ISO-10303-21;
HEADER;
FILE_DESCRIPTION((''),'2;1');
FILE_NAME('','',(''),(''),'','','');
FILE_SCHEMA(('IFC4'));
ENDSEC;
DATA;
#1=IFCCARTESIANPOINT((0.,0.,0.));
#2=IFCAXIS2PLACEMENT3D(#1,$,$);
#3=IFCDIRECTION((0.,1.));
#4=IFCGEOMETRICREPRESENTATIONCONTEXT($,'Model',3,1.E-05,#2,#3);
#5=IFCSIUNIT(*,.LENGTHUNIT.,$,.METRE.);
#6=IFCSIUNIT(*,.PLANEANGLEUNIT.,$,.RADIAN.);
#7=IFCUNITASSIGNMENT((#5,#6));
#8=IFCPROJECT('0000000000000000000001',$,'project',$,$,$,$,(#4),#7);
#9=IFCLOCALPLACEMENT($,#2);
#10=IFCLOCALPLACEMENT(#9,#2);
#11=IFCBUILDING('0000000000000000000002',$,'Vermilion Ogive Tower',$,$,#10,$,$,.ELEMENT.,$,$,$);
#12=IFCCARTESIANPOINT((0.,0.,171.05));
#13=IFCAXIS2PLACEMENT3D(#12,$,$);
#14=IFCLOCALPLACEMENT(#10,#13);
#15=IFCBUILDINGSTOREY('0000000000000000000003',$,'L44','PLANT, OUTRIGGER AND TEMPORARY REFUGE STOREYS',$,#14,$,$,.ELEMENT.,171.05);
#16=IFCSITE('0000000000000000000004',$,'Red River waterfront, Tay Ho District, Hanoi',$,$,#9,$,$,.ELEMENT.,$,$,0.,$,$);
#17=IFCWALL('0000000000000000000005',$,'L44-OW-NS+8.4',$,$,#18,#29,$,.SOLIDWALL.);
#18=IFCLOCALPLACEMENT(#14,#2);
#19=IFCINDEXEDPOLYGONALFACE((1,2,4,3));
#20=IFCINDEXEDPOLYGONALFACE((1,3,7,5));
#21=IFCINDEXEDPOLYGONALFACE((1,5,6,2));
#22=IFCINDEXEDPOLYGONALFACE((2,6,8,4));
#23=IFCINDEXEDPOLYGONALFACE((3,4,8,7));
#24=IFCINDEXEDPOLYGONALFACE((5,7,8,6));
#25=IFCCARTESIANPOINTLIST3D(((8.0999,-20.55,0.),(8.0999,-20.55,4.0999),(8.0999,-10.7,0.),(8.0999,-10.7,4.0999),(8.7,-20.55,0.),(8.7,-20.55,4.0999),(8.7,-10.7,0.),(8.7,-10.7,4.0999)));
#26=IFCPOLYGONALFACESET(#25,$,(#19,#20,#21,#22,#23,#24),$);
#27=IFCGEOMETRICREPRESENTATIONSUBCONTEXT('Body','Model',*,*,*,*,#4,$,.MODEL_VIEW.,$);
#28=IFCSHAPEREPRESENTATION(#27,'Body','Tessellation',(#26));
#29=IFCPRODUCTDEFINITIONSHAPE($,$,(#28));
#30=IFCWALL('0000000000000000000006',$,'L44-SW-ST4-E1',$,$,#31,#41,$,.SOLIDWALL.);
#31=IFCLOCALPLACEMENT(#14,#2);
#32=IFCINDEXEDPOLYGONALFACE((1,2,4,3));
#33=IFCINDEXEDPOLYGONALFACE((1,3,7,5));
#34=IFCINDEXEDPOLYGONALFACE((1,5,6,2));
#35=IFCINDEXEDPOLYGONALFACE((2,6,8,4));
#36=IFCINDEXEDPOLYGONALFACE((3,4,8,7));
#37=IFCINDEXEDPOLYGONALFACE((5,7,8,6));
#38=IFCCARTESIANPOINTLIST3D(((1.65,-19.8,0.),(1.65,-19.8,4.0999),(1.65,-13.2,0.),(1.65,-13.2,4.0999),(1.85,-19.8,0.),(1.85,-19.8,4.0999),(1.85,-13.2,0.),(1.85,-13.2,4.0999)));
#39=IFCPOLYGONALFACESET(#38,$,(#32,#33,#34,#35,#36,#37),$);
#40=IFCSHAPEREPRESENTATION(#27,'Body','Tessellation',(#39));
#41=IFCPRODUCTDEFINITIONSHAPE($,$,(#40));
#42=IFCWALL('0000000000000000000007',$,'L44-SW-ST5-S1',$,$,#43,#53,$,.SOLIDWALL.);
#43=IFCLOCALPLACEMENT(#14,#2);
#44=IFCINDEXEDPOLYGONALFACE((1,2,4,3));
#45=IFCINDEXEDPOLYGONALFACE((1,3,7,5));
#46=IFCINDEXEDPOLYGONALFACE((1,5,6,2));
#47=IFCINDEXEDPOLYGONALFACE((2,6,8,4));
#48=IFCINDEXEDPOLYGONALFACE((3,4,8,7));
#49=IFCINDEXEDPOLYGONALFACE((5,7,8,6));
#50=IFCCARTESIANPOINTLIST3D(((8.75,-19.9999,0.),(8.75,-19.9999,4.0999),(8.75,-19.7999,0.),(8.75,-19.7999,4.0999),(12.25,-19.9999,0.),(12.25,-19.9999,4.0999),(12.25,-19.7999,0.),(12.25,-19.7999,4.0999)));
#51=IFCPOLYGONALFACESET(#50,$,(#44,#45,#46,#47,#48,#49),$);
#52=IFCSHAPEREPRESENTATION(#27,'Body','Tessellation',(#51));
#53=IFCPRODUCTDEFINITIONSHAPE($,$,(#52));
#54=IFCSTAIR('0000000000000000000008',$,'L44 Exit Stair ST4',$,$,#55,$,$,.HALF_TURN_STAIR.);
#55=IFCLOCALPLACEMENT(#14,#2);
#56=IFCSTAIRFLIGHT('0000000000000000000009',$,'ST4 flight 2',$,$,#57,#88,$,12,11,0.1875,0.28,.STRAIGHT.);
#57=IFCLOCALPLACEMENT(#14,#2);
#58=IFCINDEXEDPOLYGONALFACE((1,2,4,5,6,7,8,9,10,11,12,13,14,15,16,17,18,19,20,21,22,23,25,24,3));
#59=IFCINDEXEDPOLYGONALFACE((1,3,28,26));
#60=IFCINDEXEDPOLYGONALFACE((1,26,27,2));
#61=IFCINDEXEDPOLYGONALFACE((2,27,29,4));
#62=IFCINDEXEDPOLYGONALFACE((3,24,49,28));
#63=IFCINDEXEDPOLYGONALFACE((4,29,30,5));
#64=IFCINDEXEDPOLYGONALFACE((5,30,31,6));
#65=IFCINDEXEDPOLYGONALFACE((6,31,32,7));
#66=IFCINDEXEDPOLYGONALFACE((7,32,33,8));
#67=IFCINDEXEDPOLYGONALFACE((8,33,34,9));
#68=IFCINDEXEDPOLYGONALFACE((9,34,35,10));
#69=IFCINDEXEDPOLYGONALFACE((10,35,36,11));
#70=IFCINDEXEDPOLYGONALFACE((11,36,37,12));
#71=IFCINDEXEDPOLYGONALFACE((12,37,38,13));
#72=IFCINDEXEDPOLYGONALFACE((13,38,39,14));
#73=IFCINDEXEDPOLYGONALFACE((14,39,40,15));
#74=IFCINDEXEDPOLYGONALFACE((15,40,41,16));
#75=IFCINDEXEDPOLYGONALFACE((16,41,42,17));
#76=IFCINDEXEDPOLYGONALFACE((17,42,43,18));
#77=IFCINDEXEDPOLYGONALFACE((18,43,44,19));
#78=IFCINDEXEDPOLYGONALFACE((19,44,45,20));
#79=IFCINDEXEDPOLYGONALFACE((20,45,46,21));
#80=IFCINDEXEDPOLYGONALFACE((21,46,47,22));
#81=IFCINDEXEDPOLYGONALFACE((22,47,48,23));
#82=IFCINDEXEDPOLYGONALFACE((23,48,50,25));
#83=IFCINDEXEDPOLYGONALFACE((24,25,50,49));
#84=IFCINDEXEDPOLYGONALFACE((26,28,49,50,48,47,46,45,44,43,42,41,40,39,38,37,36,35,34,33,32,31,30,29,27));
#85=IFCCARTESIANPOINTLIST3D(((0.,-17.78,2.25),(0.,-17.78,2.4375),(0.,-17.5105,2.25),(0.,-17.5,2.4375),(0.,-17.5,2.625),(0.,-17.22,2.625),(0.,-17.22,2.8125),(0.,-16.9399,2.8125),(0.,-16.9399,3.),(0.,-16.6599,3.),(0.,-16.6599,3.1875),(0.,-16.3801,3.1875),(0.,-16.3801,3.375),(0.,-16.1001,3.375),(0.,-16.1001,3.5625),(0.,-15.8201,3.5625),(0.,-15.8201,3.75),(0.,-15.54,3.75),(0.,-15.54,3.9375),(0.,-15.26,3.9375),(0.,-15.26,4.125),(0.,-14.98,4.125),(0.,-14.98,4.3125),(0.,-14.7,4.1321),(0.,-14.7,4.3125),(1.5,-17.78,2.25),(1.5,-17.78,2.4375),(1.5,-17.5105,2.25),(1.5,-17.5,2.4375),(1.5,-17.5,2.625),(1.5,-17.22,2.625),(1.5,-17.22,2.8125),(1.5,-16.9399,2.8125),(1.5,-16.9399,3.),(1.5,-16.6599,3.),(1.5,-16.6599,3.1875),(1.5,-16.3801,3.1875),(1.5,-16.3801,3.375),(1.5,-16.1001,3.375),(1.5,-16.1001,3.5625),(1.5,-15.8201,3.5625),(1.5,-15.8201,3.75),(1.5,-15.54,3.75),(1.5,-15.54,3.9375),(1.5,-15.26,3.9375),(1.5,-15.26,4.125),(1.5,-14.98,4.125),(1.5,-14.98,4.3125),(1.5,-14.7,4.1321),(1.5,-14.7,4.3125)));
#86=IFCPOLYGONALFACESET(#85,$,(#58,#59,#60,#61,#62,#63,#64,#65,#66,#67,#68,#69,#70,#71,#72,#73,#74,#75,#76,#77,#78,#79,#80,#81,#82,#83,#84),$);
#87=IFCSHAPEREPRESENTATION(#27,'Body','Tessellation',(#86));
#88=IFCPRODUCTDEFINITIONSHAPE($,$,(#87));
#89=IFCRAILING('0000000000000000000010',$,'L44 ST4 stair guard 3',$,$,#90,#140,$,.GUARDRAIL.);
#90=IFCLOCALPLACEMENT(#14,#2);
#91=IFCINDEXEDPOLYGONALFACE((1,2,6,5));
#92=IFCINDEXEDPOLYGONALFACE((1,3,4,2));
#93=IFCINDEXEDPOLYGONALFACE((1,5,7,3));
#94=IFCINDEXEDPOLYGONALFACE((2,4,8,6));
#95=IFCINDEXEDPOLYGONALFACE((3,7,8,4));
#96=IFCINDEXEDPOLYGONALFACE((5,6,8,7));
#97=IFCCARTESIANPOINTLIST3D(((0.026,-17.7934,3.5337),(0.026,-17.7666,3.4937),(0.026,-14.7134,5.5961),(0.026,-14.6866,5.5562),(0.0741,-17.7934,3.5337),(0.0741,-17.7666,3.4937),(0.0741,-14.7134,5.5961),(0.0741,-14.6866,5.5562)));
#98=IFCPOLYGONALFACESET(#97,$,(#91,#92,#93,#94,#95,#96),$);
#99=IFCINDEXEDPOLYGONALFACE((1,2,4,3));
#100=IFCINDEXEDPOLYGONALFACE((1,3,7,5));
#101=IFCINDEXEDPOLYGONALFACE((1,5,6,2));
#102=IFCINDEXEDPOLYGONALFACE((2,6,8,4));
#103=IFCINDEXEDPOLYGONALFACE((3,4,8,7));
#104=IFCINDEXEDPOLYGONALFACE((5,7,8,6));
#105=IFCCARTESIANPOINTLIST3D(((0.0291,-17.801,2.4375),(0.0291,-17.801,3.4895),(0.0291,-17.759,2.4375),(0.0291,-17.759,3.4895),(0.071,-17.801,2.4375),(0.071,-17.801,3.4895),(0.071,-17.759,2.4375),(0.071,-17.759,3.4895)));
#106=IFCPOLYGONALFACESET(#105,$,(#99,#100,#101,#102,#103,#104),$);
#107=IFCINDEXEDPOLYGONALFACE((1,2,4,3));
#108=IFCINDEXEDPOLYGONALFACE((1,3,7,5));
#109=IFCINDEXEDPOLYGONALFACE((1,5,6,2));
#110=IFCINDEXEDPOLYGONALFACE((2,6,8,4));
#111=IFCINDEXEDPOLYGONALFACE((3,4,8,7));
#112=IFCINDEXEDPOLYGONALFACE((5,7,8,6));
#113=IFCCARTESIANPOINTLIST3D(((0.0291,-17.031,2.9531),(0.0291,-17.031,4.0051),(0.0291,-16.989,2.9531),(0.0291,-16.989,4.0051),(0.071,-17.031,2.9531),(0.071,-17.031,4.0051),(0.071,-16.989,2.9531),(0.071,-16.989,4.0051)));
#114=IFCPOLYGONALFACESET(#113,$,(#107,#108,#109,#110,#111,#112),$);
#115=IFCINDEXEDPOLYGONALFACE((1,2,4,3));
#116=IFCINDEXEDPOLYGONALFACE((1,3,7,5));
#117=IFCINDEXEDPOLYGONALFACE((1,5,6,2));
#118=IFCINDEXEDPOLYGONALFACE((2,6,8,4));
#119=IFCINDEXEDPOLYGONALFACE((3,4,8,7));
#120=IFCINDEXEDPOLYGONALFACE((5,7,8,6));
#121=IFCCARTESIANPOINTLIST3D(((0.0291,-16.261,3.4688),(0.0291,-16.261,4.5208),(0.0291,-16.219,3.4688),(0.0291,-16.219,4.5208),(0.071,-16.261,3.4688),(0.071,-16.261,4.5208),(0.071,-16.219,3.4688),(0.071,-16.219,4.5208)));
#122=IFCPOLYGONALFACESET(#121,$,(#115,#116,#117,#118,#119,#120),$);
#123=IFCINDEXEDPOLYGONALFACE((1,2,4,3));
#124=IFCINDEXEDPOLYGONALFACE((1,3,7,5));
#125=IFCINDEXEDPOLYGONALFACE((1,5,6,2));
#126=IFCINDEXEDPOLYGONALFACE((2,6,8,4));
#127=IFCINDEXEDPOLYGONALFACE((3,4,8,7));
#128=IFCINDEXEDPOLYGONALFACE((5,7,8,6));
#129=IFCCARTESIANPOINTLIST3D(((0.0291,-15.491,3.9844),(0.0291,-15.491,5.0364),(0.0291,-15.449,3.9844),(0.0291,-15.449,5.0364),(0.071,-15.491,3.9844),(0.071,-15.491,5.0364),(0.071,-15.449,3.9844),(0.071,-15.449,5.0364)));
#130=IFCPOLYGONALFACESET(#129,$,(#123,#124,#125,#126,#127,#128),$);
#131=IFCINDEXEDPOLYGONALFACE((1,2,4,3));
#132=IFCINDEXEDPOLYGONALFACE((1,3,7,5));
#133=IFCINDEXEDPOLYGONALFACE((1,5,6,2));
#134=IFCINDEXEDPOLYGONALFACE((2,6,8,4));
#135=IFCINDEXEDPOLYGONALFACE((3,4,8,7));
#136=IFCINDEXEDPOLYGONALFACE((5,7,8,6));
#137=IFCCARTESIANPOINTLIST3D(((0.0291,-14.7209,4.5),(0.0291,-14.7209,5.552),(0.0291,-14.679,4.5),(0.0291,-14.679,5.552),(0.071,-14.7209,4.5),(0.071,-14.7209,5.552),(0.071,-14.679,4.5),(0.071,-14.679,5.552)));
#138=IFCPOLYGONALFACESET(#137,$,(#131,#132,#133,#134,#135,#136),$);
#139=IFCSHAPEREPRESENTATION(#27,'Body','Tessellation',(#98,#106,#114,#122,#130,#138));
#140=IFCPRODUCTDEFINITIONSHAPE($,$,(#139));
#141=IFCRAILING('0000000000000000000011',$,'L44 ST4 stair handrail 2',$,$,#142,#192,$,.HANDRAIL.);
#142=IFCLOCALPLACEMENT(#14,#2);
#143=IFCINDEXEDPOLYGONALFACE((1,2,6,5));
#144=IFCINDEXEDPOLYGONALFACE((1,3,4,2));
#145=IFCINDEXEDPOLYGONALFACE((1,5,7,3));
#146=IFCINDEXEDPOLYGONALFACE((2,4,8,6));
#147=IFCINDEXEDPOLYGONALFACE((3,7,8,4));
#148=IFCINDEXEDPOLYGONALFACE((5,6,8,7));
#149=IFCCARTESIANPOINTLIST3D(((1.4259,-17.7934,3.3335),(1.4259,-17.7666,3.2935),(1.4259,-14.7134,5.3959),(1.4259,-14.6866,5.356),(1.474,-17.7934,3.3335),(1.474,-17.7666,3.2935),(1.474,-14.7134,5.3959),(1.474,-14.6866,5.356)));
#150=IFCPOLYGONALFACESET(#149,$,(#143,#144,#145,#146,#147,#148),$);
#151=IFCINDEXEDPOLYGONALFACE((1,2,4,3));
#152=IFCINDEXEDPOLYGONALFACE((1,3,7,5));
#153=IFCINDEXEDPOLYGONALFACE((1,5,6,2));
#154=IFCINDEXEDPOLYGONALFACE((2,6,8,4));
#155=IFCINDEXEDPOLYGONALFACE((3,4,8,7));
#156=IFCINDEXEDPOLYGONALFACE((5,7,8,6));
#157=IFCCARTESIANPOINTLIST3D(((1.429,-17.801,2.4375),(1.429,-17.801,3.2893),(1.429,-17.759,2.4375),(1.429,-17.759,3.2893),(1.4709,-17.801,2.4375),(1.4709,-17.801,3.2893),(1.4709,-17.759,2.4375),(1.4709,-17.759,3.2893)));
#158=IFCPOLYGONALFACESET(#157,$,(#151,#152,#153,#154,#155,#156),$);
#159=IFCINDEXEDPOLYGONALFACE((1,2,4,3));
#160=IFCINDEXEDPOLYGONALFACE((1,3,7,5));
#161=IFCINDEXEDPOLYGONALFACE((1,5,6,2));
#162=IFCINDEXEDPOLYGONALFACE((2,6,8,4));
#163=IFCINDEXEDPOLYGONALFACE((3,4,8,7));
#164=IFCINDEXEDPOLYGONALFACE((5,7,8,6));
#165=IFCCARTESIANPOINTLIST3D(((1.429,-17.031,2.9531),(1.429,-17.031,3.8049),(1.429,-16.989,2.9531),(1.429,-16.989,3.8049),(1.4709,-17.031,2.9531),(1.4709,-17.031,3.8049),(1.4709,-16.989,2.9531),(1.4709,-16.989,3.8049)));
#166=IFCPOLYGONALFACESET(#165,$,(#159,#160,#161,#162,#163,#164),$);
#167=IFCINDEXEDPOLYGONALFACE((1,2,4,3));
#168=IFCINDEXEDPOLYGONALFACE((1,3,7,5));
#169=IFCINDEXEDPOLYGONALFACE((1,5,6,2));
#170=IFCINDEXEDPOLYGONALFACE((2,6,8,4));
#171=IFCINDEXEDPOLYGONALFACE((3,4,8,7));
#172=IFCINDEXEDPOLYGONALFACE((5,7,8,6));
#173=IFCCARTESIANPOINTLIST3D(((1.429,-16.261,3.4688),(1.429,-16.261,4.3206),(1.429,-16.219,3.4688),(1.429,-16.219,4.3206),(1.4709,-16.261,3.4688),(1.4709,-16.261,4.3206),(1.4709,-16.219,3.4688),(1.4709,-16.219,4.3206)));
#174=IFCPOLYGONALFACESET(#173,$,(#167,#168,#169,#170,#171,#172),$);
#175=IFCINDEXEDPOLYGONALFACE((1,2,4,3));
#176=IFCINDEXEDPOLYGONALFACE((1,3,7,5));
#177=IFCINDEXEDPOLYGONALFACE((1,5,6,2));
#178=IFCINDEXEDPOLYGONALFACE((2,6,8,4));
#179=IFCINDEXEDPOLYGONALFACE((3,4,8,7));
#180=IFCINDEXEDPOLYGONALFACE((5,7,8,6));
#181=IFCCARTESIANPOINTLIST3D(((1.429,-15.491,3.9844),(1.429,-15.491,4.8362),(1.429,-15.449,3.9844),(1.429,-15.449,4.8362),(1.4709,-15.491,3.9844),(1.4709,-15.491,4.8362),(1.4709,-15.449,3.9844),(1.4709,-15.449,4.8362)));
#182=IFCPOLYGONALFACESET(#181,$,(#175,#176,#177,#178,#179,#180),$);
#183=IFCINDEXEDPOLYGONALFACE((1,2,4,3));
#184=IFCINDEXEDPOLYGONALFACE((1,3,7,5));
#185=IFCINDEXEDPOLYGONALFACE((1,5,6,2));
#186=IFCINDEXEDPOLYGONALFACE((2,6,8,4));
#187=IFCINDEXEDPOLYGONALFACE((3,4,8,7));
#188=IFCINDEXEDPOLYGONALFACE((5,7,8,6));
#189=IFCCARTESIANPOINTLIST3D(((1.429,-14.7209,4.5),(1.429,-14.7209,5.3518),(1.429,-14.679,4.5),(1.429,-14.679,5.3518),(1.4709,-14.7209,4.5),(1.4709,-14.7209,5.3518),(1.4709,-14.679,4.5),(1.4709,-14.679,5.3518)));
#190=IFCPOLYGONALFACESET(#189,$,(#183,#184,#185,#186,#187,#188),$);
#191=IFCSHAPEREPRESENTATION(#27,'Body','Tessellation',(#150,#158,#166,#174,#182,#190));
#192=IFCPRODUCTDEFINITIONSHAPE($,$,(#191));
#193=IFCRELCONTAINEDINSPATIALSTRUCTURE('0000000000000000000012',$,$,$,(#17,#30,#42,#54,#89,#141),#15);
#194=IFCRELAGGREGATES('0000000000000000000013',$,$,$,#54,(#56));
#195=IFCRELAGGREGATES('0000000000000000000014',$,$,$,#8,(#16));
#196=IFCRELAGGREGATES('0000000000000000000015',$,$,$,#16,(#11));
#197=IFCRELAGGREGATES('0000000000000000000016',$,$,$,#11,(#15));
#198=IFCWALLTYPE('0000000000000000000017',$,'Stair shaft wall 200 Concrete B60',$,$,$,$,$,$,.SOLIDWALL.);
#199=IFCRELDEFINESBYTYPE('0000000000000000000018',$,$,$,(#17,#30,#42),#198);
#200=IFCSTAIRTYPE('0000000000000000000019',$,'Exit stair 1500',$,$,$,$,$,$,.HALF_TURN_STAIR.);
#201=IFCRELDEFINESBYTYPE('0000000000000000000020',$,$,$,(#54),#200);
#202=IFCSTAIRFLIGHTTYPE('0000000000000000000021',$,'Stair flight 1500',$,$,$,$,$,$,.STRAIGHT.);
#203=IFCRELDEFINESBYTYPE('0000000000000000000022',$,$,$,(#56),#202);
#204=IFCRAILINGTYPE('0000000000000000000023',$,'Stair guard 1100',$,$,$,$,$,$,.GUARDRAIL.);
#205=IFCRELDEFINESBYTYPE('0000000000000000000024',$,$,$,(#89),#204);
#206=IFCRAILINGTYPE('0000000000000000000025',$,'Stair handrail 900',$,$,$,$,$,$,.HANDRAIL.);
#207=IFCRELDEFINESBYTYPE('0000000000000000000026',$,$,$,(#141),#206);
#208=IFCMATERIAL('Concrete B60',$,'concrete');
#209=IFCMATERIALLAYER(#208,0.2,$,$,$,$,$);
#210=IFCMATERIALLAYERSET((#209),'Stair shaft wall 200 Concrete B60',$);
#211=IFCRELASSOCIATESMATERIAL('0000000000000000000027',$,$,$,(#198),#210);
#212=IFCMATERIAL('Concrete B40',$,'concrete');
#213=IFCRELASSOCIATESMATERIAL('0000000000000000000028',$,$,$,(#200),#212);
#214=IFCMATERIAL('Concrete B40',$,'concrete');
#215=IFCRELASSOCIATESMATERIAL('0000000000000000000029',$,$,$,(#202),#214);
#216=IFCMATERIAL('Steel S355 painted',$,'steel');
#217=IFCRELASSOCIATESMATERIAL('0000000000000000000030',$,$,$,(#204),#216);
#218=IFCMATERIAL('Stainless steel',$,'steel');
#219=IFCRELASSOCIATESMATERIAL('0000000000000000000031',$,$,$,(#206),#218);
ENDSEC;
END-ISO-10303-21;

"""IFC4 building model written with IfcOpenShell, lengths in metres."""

from ifc_helpers import new_model, si_unit, direction, frame, frame_2d, origin, origin_2d, place, context, subcontext, project, spatial, polyline, rectangle, outline, extrude, material, layer, layer_set, type_object, element, aggregate, save


model = new_model("IFC4")

# Units and contexts
model_context = context("Model", 3, precision=1e-05, world=origin(), true_north=direction((0.0, 1.0)))
body_context = subcontext(model_context, "Body", "Model", "MODEL_VIEW")
ifc_project = project(units=[si_unit("LENGTHUNIT", "METRE"), si_unit("PLANEANGLEUNIT", "RADIAN")], contexts=[model_context])

# Site, building, storey
site_placement = place(None, origin())
site = spatial("IfcSite", under=ifc_project, at=site_placement, Name="Red River waterfront, Tay Ho District, Hanoi", CompositionType="ELEMENT", RefElevation=0.0)
building_placement = place(site_placement, origin())
building = spatial("IfcBuilding", under=site, at=building_placement, Name="Vermilion Ogive Tower", CompositionType="ELEMENT")
storey_placement = place(building_placement, frame((0.0, 0.0, 171.05)))
storey = spatial("IfcBuildingStorey", under=building, at=storey_placement, Name="L44", Description="PLANT, OUTRIGGER AND TEMPORARY REFUGE STOREYS", CompositionType="ELEMENT", Elevation=171.05)

# Shared definitions
ifc_material_1 = material(Name="Concrete B60", Category="concrete")
ifc_layer_1 = layer(ifc_material_1, 0.2)
ifc_layer_set_1 = layer_set([ifc_layer_1], Name="Stair shaft wall 200 Concrete B60")
wall_type_1 = type_object("IfcWallType", Name="Stair shaft wall 200 Concrete B60", PredefinedType="SOLIDWALL", material=ifc_layer_set_1)

# Walls
wall_1_placement = place(storey_placement, frame((8.3999, -20.55, 0.0), z_axis=(0.0, 0.0, 1.0), x_axis=(0.0, 1.0, 0.0)))
element("IfcWall", 1, at=wall_1_placement, inside=storey, type_object=wall_type_1, Name="L44-OW-NS+8.4", PredefinedType="SOLIDWALL", context=body_context, shape_type="SweptSolid", body=[
    extrude(rectangle(XDim=9.8501, YDim=0.6001, at=frame_2d((4.925, 0.0))), origin(), (0.0, 0.0, 1.0), 4.0999),
])
wall_2_placement = place(storey_placement, frame((1.75, -19.8, 0.0), z_axis=(0.0, 0.0, 1.0), x_axis=(0.0, 1.0, 0.0)))
element("IfcWall", 2, at=wall_2_placement, inside=storey, type_object=wall_type_1, Name="L44-SW-ST4-E1", PredefinedType="SOLIDWALL", context=body_context, shape_type="SweptSolid", body=[
    extrude(rectangle(XDim=6.6001, YDim=0.2, at=frame_2d((3.3, 0.0))), origin(), (0.0, 0.0, 1.0), 4.0999),
])
wall_3_placement = place(storey_placement, frame((8.75, -19.8999, 0.0), z_axis=(0.0, 0.0, 1.0), x_axis=(1.0, 0.0, 0.0)))
element("IfcWall", 3, at=wall_3_placement, inside=storey, type_object=wall_type_1, Name="L44-SW-ST5-S1", PredefinedType="SOLIDWALL", context=body_context, shape_type="SweptSolid", body=[
    extrude(rectangle(XDim=3.5, YDim=0.2, at=frame_2d((1.75, 0.0))), origin(), (0.0, 0.0, 1.0), 4.0999),
])

# Stair, stair flight
ifc_material_2 = material(Name="Concrete B40", Category="concrete")
stair_type = type_object("IfcStairType", Name="Exit stair 1500", PredefinedType="HALF_TURN_STAIR", material=ifc_material_2)
stair_placement = place(storey_placement, origin())
stair = element("IfcStair", 4, at=stair_placement, inside=storey, type_object=stair_type, Name="L44 Exit Stair ST4", PredefinedType="HALF_TURN_STAIR")
ifc_material_3 = material(Name="Concrete B40", Category="concrete")
stair_flight_type = type_object("IfcStairFlightType", Name="Stair flight 1500", PredefinedType="STRAIGHT", material=ifc_material_3)
stair_flight_placement = place(storey_placement, frame((0.75, -17.78, 2.25), z_axis=(0.0, 0.0, 1.0), x_axis=(0.0, 1.0, 0.0)))
stair_flight = element("IfcStairFlight", 5, at=stair_flight_placement, type_object=stair_flight_type, Name="ST4 flight 2", NumberOfRisers=12, NumberOfTreads=11, PredefinedType="STRAIGHT", RiserHeight=0.1875, TreadLength=0.28, context=body_context, shape_type="SweptSolid", body=[
    extrude(outline(polyline([(0.0, 0.0), (0.0, 0.1875), (0.28, 0.1875), (0.28, 0.375), (0.5601, 0.375), (0.5601, 0.5625), (0.8401, 0.5625), (0.8401, 0.75), (1.1201, 0.75), (1.1201, 0.9375), (1.3999, 0.9375), (1.3999, 1.125), (1.6799, 1.125), (1.6799, 1.3125), (1.96, 1.3125), (1.96, 1.5), (2.24, 1.5), (2.24, 1.6875), (2.52, 1.6875), (2.52, 1.875), (2.8, 1.875), (2.8, 2.0625), (3.0801, 2.0625), (3.0801, 2.25), (3.0801, 1.8821), (0.2695, 0.0), (0.0, 0.0)])), frame((0.0, 0.75, 0.0), z_axis=(0.0, -1.0, 0.0), x_axis=(1.0, 0.0, 0.0)), (0.0, 0.0, 1.0), 1.5),
])
aggregate(stair, [stair_flight])

# Railings
ifc_material_4 = material(Name="Steel S355 painted", Category="steel")
railing_type_1 = type_object("IfcRailingType", Name="Stair guard 1100", PredefinedType="GUARDRAIL", material=ifc_material_4)
railing_1_placement = place(storey_placement, frame((0.05, -17.78, 2.4375)))
element("IfcRailing", 6, at=railing_1_placement, inside=storey, type_object=railing_type_1, Name="L44 ST4 stair guard 3", PredefinedType="GUARDRAIL", context=body_context, shape_type="SweptSolid", body=[
    extrude(rectangle(XDim=0.0481, YDim=0.0481, at=origin_2d()), frame((0.0, 0.0, 1.0762), z_axis=(0.0, 0.830914, 0.556401), x_axis=(-1.0, 0.0, 0.0)), (0.0, 0.0, 1.0), 3.7068),
    extrude(rectangle(XDim=0.042, YDim=0.042, at=origin_2d()), origin(), (0.0, 0.0, 1.0), 1.052),
    extrude(rectangle(XDim=0.042, YDim=0.042, at=origin_2d()), frame((0.0, 0.77, 0.5156)), (0.0, 0.0, 1.0), 1.052),
    extrude(rectangle(XDim=0.042, YDim=0.042, at=origin_2d()), frame((0.0, 1.54, 1.0312)), (0.0, 0.0, 1.0), 1.052),
    extrude(rectangle(XDim=0.042, YDim=0.042, at=origin_2d()), frame((0.0, 2.3101, 1.5469)), (0.0, 0.0, 1.0), 1.052),
    extrude(rectangle(XDim=0.042, YDim=0.042, at=origin_2d()), frame((0.0, 3.0801, 2.0625)), (0.0, 0.0, 1.0), 1.052),
])
ifc_material_5 = material(Name="Stainless steel", Category="steel")
railing_type_2 = type_object("IfcRailingType", Name="Stair handrail 900", PredefinedType="HANDRAIL", material=ifc_material_5)
railing_2_placement = place(storey_placement, frame((1.45, -17.78, 2.4375)))
element("IfcRailing", 7, at=railing_2_placement, inside=storey, type_object=railing_type_2, Name="L44 ST4 stair handrail 2", PredefinedType="HANDRAIL", context=body_context, shape_type="SweptSolid", body=[
    extrude(rectangle(XDim=0.0481, YDim=0.0481, at=origin_2d()), frame((0.0, 0.0, 0.876), z_axis=(0.0, 0.830914, 0.556401), x_axis=(-1.0, 0.0, 0.0)), (0.0, 0.0, 1.0), 3.7068),
    extrude(rectangle(XDim=0.042, YDim=0.042, at=origin_2d()), origin(), (0.0, 0.0, 1.0), 0.8518),
    extrude(rectangle(XDim=0.042, YDim=0.042, at=origin_2d()), frame((0.0, 0.77, 0.5156)), (0.0, 0.0, 1.0), 0.8518),
    extrude(rectangle(XDim=0.042, YDim=0.042, at=origin_2d()), frame((0.0, 1.54, 1.0312)), (0.0, 0.0, 1.0), 0.8518),
    extrude(rectangle(XDim=0.042, YDim=0.042, at=origin_2d()), frame((0.0, 2.3101, 1.5469)), (0.0, 0.0, 1.0), 0.8518),
    extrude(rectangle(XDim=0.042, YDim=0.042, at=origin_2d()), frame((0.0, 3.0801, 2.0625)), (0.0, 0.0, 1.0), 0.8518),
])

save(model, "model.ifc")
